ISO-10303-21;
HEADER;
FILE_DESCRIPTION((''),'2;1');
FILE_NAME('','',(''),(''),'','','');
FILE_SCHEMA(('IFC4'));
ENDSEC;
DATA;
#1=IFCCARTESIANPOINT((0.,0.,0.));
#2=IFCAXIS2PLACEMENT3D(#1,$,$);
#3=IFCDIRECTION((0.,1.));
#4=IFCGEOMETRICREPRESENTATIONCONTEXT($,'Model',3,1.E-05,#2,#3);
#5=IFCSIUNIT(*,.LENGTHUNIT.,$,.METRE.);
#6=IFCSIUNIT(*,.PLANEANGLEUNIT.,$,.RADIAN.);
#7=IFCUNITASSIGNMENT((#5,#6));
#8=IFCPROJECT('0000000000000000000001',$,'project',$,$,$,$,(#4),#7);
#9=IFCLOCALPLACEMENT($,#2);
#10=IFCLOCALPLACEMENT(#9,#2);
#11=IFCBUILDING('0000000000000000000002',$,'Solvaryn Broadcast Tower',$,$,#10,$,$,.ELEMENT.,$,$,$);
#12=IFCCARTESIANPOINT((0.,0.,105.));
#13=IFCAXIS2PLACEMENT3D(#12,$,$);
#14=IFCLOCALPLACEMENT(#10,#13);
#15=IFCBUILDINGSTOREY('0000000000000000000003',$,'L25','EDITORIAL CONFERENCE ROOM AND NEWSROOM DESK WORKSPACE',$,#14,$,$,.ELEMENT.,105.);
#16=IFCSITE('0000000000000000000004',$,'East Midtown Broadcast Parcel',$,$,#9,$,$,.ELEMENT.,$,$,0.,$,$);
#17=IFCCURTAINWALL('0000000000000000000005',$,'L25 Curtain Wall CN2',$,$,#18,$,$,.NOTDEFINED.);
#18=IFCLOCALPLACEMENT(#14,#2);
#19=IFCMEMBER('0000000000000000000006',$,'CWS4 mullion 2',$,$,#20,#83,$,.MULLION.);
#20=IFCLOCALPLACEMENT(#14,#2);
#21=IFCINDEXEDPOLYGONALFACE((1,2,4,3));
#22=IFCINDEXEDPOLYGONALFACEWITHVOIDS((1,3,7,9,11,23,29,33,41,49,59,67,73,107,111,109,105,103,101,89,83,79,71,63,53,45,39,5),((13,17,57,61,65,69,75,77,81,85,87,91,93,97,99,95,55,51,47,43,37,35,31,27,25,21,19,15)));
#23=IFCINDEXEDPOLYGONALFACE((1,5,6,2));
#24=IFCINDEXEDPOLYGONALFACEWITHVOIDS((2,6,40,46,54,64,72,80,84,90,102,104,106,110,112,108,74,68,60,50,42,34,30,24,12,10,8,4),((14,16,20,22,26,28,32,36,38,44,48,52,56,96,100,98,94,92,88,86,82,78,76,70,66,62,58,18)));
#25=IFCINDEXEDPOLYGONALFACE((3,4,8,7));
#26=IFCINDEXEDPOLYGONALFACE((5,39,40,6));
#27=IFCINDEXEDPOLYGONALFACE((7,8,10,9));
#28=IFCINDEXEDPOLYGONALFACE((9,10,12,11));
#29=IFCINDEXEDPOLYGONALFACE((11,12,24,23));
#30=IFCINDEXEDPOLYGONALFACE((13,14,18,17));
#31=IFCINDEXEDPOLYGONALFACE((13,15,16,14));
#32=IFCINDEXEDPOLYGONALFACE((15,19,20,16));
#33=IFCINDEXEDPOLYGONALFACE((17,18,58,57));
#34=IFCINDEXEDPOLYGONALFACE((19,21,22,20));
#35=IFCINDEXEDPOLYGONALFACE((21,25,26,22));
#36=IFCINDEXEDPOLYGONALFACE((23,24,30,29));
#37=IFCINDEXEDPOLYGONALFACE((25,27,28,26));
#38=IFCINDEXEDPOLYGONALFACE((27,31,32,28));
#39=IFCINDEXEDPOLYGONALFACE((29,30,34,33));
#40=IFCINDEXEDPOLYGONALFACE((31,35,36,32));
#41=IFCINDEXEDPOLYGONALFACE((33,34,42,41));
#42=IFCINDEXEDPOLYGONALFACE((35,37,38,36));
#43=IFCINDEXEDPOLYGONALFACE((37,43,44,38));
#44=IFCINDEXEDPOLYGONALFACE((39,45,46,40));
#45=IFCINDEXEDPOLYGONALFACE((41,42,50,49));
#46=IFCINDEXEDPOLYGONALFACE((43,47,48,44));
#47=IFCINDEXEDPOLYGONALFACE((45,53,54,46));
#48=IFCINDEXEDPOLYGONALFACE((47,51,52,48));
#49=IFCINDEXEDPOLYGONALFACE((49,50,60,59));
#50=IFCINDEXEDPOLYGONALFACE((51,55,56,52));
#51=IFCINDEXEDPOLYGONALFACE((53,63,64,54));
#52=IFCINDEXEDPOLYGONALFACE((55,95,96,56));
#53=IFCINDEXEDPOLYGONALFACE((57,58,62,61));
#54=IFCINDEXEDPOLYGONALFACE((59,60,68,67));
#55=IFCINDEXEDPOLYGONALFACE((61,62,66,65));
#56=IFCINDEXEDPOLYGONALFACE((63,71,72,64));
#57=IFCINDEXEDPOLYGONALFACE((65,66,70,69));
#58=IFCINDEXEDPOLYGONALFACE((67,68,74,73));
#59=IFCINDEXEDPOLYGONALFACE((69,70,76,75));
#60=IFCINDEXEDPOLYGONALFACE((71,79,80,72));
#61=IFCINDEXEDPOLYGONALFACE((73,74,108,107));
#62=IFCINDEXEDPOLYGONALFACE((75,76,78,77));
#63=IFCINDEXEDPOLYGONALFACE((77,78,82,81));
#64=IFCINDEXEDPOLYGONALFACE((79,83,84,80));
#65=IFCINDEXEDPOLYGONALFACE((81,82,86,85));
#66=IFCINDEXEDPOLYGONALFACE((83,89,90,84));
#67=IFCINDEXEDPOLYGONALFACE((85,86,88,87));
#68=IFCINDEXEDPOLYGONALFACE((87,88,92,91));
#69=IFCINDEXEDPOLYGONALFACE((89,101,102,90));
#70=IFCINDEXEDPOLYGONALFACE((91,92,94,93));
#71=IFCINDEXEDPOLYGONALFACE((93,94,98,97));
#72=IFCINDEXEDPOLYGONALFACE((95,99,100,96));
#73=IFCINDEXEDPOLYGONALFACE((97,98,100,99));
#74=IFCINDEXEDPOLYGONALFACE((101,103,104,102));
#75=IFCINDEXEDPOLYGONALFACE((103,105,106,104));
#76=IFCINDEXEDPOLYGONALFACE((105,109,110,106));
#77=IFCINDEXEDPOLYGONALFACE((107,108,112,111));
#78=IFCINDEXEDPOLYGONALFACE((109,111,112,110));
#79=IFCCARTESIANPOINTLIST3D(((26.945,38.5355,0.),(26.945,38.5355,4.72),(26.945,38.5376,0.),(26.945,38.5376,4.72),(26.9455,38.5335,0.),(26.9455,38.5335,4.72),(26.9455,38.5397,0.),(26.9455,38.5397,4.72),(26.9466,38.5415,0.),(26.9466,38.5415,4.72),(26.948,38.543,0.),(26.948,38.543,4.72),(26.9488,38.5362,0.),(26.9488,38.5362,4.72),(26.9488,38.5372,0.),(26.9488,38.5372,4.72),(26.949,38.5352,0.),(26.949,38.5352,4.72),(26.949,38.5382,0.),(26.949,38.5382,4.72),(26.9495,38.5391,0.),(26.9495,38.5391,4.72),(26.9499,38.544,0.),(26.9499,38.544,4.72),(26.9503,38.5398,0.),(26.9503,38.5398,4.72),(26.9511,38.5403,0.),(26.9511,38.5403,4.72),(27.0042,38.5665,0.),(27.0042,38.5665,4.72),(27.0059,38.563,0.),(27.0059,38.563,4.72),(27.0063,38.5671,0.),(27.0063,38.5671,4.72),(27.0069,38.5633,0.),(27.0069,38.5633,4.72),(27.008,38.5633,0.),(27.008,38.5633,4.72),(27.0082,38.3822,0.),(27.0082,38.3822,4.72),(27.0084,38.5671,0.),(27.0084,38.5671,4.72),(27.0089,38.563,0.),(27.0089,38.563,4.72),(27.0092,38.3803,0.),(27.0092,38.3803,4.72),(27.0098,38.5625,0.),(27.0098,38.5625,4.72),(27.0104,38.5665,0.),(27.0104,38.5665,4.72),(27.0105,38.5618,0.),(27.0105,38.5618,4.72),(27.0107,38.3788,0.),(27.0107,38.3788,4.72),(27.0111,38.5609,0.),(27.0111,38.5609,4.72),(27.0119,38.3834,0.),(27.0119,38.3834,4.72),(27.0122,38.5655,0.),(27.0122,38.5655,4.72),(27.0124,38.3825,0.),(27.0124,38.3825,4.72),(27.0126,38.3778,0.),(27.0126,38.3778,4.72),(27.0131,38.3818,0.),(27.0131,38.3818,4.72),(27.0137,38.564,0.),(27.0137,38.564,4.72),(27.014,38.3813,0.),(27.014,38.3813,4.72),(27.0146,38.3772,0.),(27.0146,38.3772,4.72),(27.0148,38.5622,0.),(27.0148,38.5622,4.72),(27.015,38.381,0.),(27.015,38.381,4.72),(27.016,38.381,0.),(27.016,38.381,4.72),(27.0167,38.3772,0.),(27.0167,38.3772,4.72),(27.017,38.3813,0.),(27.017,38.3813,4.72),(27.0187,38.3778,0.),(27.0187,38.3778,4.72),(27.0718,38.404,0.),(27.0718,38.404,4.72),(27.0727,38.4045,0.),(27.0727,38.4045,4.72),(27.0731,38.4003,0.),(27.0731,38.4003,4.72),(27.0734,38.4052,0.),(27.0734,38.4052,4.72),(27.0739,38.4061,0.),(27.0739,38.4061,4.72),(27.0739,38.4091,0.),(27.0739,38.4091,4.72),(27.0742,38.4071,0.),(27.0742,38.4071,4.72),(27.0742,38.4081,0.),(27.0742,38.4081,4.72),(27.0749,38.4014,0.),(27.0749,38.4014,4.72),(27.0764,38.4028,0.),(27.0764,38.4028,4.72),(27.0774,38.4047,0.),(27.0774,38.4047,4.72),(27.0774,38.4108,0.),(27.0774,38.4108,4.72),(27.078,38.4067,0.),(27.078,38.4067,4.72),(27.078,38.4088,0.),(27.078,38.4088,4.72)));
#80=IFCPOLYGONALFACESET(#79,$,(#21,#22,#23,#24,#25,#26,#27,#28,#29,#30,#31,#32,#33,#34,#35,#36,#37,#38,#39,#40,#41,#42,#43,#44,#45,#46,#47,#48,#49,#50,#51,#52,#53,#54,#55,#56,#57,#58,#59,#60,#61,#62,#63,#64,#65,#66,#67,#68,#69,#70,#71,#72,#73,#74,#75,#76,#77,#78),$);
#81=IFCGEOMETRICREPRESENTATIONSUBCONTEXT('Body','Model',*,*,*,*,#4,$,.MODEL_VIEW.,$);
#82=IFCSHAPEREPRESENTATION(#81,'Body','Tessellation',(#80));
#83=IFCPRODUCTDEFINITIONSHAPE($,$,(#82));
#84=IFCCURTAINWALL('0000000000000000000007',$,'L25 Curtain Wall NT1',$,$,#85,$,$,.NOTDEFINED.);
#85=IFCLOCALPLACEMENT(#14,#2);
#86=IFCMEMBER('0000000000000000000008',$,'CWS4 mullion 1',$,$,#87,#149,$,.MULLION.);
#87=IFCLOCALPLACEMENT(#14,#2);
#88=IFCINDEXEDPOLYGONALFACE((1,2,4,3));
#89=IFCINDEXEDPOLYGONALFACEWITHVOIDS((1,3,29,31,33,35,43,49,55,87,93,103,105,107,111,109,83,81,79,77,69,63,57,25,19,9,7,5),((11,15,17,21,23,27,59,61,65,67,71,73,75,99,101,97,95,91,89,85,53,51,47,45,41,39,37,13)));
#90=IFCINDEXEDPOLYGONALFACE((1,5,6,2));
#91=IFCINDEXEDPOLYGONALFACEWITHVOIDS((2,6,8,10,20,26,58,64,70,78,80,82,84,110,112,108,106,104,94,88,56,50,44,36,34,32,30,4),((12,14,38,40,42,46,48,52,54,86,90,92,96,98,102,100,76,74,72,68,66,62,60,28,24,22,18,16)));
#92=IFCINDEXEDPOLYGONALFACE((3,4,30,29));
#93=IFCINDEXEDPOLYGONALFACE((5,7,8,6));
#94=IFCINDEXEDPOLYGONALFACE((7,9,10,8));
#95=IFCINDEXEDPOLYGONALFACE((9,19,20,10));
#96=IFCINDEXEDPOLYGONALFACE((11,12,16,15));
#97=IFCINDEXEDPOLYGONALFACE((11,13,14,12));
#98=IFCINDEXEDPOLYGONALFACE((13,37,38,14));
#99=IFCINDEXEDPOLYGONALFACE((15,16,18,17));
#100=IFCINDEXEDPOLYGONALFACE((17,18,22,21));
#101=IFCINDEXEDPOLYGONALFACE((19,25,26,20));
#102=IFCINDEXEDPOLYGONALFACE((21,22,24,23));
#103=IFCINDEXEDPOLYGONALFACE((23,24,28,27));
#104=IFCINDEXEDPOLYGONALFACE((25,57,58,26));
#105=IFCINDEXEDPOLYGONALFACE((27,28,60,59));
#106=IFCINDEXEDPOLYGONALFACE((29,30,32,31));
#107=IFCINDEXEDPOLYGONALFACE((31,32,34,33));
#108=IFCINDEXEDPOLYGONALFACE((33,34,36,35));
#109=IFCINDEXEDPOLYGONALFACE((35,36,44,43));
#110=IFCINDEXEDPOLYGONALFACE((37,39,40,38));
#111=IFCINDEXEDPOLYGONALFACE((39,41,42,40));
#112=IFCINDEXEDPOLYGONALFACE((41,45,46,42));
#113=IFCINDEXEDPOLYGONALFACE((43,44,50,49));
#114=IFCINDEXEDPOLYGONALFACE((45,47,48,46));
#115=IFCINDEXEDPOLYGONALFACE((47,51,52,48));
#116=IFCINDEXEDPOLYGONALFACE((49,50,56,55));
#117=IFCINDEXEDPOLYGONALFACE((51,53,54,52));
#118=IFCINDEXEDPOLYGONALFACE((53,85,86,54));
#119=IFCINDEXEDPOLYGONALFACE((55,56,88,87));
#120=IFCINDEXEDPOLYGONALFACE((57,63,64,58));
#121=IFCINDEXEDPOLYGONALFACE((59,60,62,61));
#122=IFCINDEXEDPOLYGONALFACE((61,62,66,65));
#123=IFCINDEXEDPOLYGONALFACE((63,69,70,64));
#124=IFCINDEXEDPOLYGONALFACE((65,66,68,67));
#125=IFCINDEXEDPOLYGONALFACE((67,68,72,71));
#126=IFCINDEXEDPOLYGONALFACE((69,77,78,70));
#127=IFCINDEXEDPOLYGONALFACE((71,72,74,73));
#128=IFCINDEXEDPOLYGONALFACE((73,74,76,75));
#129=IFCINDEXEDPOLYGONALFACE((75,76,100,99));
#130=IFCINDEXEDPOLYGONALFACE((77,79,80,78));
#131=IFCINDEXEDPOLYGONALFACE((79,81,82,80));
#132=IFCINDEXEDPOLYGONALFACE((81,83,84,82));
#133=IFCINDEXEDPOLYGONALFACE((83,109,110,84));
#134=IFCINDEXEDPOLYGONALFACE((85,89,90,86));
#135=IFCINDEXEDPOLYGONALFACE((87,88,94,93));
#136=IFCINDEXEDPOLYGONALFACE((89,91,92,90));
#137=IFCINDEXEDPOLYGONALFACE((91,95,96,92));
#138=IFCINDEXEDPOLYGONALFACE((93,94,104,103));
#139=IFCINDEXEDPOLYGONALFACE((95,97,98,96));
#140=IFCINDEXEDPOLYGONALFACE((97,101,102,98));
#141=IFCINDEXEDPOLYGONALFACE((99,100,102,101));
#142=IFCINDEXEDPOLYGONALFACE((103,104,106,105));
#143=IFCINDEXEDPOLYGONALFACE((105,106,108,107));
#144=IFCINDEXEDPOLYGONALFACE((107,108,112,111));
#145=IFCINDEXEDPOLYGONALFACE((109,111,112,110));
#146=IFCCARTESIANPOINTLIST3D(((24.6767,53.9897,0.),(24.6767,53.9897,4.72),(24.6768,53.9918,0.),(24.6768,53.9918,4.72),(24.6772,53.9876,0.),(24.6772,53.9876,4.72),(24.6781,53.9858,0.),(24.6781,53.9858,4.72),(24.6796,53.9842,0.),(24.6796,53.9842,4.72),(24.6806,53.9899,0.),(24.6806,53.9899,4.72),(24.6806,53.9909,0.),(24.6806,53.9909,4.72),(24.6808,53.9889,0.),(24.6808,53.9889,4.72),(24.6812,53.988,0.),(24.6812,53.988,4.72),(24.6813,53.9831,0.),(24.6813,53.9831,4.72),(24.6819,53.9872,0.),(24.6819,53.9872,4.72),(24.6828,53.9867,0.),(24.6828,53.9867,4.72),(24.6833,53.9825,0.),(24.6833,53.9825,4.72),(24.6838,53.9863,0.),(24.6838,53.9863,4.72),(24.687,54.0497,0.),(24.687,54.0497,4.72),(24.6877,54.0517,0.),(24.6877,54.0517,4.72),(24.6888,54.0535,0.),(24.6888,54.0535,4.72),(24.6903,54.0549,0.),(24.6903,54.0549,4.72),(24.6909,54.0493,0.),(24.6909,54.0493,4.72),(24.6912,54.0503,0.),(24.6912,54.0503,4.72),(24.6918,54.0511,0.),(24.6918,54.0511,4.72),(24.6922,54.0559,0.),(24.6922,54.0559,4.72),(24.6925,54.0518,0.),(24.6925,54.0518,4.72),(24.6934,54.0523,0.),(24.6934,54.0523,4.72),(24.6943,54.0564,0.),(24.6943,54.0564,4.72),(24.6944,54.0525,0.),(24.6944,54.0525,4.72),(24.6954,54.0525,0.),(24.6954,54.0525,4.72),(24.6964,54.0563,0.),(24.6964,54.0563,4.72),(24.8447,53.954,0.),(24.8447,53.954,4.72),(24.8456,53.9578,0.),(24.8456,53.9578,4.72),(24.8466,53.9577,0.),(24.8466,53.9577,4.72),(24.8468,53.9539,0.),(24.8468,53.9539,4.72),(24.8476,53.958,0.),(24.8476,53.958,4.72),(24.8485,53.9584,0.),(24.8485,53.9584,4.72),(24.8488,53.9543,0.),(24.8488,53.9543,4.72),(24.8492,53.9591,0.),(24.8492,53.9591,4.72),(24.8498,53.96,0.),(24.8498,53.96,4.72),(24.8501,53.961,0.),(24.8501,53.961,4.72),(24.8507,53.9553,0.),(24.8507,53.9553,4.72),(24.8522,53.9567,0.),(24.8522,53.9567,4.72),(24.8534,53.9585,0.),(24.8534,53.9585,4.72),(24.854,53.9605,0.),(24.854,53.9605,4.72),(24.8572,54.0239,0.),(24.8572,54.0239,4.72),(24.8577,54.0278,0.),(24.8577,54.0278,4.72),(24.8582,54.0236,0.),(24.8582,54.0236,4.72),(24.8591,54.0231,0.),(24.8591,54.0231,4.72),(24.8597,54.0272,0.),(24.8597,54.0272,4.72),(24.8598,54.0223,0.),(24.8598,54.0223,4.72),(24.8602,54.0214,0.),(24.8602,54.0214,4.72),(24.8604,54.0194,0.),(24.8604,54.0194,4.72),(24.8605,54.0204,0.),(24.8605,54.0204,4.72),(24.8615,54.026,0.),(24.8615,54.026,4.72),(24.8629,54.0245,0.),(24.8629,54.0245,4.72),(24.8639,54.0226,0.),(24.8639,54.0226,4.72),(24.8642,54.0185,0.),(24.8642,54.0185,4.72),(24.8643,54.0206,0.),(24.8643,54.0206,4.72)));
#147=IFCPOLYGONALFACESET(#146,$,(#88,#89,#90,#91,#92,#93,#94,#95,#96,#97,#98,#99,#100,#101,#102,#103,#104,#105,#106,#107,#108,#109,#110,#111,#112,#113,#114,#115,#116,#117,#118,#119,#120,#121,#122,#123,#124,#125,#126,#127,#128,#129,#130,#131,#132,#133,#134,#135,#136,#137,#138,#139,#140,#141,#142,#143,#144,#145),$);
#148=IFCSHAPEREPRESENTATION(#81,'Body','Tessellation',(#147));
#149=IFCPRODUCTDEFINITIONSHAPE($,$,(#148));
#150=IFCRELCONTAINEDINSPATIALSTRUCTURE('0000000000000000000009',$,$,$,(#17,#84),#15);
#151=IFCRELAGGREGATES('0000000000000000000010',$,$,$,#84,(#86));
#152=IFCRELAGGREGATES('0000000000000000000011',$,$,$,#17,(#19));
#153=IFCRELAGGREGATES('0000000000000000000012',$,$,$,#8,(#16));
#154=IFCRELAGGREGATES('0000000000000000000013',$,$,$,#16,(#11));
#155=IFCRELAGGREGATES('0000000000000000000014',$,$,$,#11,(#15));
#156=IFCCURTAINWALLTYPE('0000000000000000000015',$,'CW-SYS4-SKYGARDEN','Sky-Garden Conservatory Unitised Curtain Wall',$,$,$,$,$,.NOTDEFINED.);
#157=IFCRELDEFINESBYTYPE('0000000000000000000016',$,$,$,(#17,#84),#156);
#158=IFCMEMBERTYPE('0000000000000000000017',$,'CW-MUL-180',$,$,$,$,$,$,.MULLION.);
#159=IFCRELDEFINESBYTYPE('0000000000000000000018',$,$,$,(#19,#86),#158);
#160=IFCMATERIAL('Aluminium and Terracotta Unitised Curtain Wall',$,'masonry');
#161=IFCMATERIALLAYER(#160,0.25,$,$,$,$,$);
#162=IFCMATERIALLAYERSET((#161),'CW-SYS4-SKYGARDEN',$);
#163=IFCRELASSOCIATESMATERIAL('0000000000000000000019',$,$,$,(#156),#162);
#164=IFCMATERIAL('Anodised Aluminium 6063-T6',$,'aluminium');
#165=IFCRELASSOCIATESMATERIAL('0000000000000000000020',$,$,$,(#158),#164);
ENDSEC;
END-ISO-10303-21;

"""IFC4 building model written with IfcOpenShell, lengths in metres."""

from ifc_helpers import new_model, si_unit, direction, frame, origin, origin_2d, place, context, subcontext, project, spatial, hollow_rectangle, extrude, material, layer, layer_set, material_profile, profile_set, type_object, element, aggregate, save


model = new_model("IFC4")

# Units and contexts
model_context = context("Model", 3, precision=1e-05, world=origin(), true_north=direction((0.0, 1.0)))
body_context = subcontext(model_context, "Body", "Model", "MODEL_VIEW")
ifc_project = project(units=[si_unit("LENGTHUNIT", "METRE"), si_unit("PLANEANGLEUNIT", "RADIAN")], contexts=[model_context])

# Site, building, storey
site_placement = place(None, origin())
site = spatial("IfcSite", under=ifc_project, at=site_placement, Name="East Midtown Broadcast Parcel", CompositionType="ELEMENT", RefElevation=0.0)
building_placement = place(site_placement, origin())
building = spatial("IfcBuilding", under=site, at=building_placement, Name="Solvaryn Broadcast Tower", CompositionType="ELEMENT")
storey_placement = place(building_placement, frame((0.0, 0.0, 105.0)))
storey = spatial("IfcBuildingStorey", under=building, at=storey_placement, Name="L25", Description="EDITORIAL CONFERENCE ROOM AND NEWSROOM DESK WORKSPACE", CompositionType="ELEMENT", Elevation=105.0)

# Shared definitions
ifc_material_1 = material(Name="Aluminium and Terracotta Unitised Curtain Wall", Category="masonry")
ifc_layer_1 = layer(ifc_material_1, 0.25)
ifc_layer_set_1 = layer_set([ifc_layer_1], Name="CW-SYS4-SKYGARDEN")
curtain_wall_type = type_object("IfcCurtainWallType", Name="CW-SYS4-SKYGARDEN", Description="Sky-Garden Conservatory Unitised Curtain Wall", PredefinedType="NOTDEFINED", material=ifc_layer_set_1)
ifc_material_2 = material(Name="Anodised Aluminium 6063-T6", Category="aluminium")
ifc_material_profile_1 = material_profile(ifc_material_2, hollow_rectangle(XDim=0.075, YDim=0.1799, WallThickness=0.0039, InnerFilletRadius=0.0039, OuterFilletRadius=0.0081, at=origin_2d()))
ifc_profile_set_1 = profile_set([ifc_material_profile_1], Name="Anodised Aluminium 6063-T6")
member_type_1 = type_object("IfcMemberType", Name="CW-MUL-180", PredefinedType="MULLION", material=ifc_profile_set_1)

# Curtain walls, members
curtain_wall_1_placement = place(storey_placement, origin())
curtain_wall_1 = element("IfcCurtainWall", 1, at=curtain_wall_1_placement, inside=storey, type_object=curtain_wall_type, Name="L25 Curtain Wall CN2", PredefinedType="NOTDEFINED")
member_1_placement = place(storey_placement, frame((27.0115, 38.4722, 0.0), z_axis=(0.0, 0.0, 1.0), x_axis=(-0.923895, -0.382646, 0.0)))
member_1 = element("IfcMember", 2, at=member_1_placement, type_object=member_type_1, Name="CWS4 mullion 2", PredefinedType="MULLION", context=body_context, shape_type="SweptSolid", body=[
    extrude(hollow_rectangle(XDim=0.075, YDim=0.1799, WallThickness=0.0039, InnerFilletRadius=0.0039, OuterFilletRadius=0.0081, at=origin_2d()), origin(), (0.0, 0.0, 1.0), 4.72),
])
curtain_wall_2_placement = place(storey_placement, origin())
curtain_wall_2 = element("IfcCurtainWall", 3, at=curtain_wall_2_placement, inside=storey, type_object=curtain_wall_type, Name="L25 Curtain Wall NT1", PredefinedType="NOTDEFINED")
member_2_placement = place(storey_placement, frame((24.7705, 54.0051, 0.0), z_axis=(0.0, 0.0, 1.0), x_axis=(-0.173785, -0.984784, 0.0)))
member_2 = element("IfcMember", 4, at=member_2_placement, type_object=member_type_1, Name="CWS4 mullion 1", PredefinedType="MULLION", context=body_context, shape_type="SweptSolid", body=[
    extrude(hollow_rectangle(XDim=0.075, YDim=0.1799, WallThickness=0.0039, InnerFilletRadius=0.0039, OuterFilletRadius=0.0081, at=origin_2d()), origin(), (0.0, 0.0, 1.0), 4.72),
])

aggregate(curtain_wall_2, [member_2])

aggregate(curtain_wall_1, [member_1])

save(model, "model.ifc")
